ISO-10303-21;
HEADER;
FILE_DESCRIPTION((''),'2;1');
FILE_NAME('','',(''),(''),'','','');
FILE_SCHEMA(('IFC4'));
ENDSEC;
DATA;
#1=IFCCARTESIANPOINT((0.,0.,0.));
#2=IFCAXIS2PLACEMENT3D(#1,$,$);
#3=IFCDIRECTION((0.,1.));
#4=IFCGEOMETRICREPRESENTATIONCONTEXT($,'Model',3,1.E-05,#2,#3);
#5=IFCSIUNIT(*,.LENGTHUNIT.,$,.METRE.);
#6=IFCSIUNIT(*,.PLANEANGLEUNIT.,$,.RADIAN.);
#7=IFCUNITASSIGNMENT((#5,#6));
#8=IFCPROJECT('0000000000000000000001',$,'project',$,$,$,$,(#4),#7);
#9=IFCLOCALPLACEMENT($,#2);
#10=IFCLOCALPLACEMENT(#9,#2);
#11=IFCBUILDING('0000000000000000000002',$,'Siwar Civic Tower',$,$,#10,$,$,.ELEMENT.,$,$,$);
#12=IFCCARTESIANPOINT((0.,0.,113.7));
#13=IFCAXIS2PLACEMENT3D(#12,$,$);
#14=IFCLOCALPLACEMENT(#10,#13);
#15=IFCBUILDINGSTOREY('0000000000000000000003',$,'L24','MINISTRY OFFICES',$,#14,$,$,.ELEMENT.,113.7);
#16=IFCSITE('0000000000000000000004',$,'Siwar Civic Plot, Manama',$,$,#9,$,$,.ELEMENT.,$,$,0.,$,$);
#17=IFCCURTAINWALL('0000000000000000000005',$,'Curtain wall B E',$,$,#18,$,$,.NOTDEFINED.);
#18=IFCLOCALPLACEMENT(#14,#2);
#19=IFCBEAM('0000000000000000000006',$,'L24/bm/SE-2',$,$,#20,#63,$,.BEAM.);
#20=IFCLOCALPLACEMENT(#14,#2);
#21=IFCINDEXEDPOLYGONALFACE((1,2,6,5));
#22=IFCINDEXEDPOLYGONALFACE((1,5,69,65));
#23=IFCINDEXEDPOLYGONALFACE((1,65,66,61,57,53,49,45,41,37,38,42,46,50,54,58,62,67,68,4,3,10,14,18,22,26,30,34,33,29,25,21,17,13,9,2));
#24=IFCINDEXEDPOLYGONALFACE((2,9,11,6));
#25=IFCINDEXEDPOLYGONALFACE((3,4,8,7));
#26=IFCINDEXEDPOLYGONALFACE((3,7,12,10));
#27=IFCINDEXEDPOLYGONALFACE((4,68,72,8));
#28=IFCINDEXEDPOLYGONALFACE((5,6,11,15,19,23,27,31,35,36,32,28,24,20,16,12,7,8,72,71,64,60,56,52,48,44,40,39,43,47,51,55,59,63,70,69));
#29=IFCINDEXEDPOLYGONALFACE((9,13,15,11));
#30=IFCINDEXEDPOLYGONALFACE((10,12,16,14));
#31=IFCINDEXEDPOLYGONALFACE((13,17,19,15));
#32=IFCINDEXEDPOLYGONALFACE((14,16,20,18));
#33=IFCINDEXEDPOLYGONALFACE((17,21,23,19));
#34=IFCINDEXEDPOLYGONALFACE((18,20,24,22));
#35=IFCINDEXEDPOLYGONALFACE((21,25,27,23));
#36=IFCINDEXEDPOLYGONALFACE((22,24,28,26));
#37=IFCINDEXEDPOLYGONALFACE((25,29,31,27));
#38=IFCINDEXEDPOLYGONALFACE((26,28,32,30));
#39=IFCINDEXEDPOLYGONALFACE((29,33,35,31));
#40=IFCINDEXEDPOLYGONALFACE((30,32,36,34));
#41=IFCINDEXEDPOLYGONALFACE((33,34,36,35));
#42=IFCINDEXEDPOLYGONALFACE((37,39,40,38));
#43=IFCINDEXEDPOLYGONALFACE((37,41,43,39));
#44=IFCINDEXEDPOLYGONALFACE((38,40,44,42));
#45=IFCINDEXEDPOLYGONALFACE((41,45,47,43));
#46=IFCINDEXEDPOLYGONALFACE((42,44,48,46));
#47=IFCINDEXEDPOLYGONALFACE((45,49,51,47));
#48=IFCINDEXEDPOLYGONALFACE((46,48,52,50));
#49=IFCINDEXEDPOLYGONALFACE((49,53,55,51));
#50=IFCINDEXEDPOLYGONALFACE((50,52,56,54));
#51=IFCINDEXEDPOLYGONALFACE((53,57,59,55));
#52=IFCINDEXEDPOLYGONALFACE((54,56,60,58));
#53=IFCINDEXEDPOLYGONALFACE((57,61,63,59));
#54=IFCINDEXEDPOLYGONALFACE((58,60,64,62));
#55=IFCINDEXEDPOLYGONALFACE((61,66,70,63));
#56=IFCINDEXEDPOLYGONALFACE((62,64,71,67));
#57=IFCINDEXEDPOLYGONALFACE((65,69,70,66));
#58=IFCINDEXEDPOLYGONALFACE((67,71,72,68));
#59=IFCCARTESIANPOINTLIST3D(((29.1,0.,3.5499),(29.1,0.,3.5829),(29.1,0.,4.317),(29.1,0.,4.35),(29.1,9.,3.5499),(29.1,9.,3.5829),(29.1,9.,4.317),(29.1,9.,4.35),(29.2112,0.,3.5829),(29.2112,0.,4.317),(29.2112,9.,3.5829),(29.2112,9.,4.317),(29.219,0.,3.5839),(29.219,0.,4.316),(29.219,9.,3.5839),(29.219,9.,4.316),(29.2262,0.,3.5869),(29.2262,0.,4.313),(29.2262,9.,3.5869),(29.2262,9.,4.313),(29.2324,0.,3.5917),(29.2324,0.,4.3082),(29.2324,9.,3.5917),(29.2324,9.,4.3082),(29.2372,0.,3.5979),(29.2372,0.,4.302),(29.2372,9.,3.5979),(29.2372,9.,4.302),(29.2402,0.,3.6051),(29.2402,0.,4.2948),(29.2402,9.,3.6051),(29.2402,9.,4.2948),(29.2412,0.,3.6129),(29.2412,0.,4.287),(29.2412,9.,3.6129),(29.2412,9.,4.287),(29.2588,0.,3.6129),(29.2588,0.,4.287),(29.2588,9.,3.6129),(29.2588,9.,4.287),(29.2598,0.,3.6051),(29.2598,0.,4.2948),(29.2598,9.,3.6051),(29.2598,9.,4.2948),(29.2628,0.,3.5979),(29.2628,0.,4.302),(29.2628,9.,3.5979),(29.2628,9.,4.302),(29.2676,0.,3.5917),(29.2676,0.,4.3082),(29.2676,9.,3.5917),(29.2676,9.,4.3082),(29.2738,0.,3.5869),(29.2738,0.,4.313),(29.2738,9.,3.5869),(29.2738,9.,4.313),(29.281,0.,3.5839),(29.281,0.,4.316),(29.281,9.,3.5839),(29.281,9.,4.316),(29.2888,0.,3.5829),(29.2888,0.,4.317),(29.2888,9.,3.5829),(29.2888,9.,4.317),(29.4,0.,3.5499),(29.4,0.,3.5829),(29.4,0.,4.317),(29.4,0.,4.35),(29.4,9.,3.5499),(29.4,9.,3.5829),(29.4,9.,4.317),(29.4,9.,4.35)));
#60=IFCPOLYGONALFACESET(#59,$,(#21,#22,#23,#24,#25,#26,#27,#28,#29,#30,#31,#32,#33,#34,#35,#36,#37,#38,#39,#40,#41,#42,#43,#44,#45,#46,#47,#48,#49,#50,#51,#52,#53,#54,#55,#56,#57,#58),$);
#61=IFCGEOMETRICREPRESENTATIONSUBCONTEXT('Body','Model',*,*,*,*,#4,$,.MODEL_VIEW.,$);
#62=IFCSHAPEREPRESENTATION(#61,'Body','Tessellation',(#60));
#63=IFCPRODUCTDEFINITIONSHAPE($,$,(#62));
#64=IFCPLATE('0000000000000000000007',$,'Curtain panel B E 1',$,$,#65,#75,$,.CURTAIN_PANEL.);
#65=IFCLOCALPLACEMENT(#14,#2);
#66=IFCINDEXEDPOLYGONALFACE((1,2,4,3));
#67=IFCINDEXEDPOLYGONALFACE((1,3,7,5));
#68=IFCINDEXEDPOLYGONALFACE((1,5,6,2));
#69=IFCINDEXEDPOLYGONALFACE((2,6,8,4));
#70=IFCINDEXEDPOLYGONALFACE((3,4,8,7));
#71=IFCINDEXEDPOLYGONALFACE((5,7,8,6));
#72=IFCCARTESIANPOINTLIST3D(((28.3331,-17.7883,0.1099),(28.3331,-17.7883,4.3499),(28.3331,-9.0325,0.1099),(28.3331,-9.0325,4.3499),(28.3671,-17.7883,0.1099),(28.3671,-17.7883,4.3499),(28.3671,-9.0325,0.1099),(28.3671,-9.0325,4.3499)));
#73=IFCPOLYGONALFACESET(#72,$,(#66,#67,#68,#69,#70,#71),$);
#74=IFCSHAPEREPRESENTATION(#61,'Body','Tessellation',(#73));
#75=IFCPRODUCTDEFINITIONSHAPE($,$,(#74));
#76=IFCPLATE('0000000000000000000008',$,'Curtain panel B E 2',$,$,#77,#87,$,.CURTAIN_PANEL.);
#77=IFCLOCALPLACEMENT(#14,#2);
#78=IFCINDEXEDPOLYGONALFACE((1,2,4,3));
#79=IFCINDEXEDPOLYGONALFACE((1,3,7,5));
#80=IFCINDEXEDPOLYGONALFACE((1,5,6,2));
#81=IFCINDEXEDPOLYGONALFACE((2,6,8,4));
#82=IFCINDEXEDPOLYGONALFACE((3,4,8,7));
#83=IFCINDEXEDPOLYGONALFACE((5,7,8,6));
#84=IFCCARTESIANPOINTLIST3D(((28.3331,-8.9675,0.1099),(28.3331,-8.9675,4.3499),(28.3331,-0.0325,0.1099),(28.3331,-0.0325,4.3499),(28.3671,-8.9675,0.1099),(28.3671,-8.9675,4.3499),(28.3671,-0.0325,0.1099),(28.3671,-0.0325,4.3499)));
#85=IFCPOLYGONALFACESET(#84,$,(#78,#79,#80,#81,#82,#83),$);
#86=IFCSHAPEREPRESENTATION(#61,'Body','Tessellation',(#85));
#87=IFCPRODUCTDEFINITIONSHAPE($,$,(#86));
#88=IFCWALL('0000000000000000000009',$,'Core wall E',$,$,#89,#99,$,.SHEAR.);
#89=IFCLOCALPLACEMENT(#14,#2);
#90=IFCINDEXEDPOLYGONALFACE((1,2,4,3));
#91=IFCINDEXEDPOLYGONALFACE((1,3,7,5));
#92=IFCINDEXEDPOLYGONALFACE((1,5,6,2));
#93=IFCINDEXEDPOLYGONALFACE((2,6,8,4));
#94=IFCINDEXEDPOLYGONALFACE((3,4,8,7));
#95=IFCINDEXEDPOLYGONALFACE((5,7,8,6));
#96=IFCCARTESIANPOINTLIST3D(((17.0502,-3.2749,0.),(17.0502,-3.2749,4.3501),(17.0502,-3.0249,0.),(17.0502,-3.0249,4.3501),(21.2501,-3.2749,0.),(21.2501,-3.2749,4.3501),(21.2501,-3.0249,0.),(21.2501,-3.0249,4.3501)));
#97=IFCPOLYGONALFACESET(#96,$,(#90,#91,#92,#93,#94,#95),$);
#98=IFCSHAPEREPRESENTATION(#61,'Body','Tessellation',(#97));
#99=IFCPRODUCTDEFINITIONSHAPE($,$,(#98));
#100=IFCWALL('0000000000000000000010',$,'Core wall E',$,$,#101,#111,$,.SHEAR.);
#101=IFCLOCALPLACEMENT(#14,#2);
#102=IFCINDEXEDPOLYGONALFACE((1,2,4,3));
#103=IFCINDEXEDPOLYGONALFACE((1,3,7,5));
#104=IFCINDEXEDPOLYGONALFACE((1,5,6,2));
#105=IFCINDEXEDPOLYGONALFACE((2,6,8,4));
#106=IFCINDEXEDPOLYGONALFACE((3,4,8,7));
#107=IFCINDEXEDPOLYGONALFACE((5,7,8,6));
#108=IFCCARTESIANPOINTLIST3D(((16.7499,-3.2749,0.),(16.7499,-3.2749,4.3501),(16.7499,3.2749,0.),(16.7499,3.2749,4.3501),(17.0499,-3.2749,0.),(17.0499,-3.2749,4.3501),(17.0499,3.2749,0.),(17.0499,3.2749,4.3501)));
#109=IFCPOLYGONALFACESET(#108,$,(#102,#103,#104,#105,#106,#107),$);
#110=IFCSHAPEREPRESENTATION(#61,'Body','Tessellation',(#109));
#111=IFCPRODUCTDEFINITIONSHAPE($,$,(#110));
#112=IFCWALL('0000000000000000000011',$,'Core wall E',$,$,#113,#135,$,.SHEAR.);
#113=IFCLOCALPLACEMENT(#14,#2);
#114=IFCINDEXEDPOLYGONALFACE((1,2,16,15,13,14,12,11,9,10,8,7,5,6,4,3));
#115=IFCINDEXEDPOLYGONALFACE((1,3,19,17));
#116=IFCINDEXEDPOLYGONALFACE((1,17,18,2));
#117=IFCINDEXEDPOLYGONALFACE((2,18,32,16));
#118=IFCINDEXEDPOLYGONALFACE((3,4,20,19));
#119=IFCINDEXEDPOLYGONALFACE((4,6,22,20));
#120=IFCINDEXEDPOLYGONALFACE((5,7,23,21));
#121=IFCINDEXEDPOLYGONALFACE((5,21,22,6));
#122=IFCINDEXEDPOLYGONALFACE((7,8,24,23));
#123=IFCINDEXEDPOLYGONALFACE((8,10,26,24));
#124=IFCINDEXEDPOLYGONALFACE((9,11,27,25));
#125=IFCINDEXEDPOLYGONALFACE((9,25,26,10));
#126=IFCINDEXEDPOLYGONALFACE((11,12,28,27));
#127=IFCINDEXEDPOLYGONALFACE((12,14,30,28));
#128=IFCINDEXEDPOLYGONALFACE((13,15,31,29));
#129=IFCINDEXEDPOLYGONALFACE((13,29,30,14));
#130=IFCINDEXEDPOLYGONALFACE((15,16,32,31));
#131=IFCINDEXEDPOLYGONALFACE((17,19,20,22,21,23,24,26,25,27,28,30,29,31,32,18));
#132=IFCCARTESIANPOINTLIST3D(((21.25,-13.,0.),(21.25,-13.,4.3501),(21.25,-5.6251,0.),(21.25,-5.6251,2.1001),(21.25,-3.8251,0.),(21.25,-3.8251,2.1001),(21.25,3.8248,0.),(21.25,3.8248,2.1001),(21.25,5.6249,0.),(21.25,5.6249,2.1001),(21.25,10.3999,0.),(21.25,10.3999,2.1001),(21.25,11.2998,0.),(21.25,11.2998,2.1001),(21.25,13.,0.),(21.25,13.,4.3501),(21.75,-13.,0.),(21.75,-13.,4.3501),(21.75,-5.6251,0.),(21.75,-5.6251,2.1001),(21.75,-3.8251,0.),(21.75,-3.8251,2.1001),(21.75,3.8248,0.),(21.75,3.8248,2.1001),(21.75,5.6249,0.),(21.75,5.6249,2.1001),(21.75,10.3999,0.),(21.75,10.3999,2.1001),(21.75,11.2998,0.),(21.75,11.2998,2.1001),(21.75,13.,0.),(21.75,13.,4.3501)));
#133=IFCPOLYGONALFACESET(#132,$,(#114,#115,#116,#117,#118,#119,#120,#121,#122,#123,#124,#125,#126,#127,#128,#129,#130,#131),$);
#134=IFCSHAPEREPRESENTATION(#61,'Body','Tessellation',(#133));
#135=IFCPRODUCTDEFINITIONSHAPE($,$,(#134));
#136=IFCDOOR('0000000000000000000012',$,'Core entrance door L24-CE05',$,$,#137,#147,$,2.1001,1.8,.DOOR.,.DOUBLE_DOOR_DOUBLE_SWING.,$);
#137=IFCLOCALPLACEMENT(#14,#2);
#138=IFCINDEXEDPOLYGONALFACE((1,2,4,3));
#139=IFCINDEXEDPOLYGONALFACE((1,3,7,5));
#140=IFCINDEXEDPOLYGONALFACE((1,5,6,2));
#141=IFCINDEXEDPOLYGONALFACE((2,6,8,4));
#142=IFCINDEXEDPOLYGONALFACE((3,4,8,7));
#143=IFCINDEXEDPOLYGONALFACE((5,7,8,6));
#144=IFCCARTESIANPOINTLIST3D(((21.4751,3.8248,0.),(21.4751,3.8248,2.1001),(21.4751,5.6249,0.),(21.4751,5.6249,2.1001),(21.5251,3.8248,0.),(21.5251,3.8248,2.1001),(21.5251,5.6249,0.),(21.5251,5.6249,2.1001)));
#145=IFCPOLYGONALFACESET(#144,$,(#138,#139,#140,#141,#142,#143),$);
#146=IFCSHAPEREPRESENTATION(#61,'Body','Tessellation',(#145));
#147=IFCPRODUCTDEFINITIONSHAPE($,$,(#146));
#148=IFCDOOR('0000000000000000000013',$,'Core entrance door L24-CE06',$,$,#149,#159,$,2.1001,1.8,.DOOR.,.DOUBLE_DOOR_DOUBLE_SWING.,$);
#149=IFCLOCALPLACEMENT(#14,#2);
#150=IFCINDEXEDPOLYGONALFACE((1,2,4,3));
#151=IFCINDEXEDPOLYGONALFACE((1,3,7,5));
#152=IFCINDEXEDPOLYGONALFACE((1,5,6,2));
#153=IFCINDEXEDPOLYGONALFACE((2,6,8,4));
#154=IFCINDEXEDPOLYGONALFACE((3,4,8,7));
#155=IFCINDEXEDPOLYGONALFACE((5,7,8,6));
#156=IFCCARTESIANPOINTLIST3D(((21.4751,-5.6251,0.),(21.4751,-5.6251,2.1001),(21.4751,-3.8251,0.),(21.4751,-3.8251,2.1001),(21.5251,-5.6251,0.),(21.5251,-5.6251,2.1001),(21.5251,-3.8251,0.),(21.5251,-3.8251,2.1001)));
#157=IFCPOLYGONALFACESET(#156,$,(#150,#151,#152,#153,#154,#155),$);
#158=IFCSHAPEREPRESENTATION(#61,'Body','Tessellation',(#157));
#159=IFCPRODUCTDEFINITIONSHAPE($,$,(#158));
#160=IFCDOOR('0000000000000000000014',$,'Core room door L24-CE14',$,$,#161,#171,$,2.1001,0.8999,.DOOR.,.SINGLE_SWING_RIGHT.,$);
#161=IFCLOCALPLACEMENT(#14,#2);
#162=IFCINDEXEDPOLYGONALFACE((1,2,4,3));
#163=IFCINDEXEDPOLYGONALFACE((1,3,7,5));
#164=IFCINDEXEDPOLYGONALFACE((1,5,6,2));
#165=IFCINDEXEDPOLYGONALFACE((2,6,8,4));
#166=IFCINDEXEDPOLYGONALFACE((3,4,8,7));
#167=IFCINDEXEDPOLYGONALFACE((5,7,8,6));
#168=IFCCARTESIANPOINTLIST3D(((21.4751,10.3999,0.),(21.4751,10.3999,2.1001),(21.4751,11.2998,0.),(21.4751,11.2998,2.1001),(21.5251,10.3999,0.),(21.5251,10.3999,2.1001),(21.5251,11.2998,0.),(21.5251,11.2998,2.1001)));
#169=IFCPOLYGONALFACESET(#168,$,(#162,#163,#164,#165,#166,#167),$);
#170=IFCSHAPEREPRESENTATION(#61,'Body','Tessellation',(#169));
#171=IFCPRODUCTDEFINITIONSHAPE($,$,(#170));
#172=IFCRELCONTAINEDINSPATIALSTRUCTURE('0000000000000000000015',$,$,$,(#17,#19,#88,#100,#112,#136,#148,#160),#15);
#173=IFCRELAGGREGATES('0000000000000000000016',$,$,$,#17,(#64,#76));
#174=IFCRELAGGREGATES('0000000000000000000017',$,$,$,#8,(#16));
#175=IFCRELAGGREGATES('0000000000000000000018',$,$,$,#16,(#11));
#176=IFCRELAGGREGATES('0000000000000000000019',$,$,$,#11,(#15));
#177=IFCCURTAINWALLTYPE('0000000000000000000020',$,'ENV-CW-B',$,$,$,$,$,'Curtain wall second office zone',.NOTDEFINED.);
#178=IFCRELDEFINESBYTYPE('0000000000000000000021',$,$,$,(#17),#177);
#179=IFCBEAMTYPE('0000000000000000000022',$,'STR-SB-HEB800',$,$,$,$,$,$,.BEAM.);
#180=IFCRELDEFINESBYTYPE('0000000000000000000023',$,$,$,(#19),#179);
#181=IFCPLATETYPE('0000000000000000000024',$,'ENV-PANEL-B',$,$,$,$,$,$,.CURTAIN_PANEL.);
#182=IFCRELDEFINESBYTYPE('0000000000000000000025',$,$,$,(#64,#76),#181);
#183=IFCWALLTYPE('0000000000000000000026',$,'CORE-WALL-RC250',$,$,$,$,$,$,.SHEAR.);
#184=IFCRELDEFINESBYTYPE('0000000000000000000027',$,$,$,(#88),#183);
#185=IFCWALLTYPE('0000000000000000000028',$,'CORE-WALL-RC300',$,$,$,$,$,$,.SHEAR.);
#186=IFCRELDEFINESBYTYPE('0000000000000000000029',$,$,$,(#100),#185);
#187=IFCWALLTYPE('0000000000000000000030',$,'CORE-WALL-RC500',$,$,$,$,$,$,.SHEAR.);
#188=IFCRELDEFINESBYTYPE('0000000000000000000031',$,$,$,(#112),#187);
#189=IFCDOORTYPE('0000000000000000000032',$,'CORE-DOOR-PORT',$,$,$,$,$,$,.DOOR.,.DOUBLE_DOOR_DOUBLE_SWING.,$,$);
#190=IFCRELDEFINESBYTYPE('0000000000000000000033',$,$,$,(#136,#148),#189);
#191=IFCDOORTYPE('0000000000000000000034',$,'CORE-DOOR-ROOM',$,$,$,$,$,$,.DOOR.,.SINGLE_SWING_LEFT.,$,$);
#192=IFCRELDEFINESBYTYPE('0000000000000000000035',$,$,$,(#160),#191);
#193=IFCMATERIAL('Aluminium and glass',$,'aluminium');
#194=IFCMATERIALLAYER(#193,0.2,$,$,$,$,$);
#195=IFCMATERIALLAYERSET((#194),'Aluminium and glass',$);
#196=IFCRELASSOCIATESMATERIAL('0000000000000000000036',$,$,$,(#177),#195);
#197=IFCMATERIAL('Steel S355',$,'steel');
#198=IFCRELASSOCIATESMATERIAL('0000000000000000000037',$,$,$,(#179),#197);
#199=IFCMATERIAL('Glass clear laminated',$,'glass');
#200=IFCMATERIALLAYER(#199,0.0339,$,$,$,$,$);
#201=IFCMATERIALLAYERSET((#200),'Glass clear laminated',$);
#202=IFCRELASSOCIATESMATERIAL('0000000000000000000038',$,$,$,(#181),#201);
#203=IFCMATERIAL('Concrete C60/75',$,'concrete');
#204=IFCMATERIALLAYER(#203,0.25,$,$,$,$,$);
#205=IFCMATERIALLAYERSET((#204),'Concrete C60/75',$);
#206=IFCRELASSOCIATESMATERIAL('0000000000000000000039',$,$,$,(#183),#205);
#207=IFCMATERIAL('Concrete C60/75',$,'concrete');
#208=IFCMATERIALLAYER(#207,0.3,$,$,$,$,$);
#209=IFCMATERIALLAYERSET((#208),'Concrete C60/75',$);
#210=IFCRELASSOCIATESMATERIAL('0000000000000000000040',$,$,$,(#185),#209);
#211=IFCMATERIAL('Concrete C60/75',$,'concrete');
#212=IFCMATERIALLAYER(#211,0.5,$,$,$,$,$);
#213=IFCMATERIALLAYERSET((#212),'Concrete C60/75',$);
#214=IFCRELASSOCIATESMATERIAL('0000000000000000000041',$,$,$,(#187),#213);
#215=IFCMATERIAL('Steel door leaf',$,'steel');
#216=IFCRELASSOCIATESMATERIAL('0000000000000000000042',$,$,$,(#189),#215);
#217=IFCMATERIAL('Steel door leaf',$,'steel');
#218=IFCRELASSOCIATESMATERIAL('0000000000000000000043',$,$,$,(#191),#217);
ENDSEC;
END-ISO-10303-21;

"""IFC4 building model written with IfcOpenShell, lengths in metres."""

from ifc_helpers import new_model, si_unit, direction, frame, frame_2d, origin, origin_2d, place, context, subcontext, project, spatial, rectangle, i_section, extrude, material, layer, layer_set, material_profile, profile_set, type_object, element, fill, aggregate, save


model = new_model("IFC4")

# Units and contexts
model_context = context("Model", 3, precision=1e-05, world=origin(), true_north=direction((0.0, 1.0)))
body_context = subcontext(model_context, "Body", "Model", "MODEL_VIEW")
ifc_project = project(units=[si_unit("LENGTHUNIT", "METRE"), si_unit("PLANEANGLEUNIT", "RADIAN")], contexts=[model_context])

# Site, building, storey
site_placement = place(None, origin())
site = spatial("IfcSite", under=ifc_project, at=site_placement, Name="Siwar Civic Plot, Manama", CompositionType="ELEMENT", RefElevation=0.0)
building_placement = place(site_placement, origin())
building = spatial("IfcBuilding", under=site, at=building_placement, Name="Siwar Civic Tower", CompositionType="ELEMENT")
storey_placement = place(building_placement, frame((0.0, 0.0, 113.7)))
storey = spatial("IfcBuildingStorey", under=building, at=storey_placement, Name="L24", Description="MINISTRY OFFICES", CompositionType="ELEMENT", Elevation=113.7)

# Curtain wall
ifc_material_1 = material(Name="Aluminium and glass", Category="aluminium")
ifc_layer_1 = layer(ifc_material_1, 0.2)
ifc_layer_set_1 = layer_set([ifc_layer_1], Name="Aluminium and glass")
curtain_wall_type = type_object("IfcCurtainWallType", Name="ENV-CW-B", ElementType="Curtain wall second office zone", PredefinedType="NOTDEFINED", material=ifc_layer_set_1)
curtain_wall_placement = place(storey_placement, origin())
curtain_wall = element("IfcCurtainWall", 1, at=curtain_wall_placement, inside=storey, type_object=curtain_wall_type, Name="Curtain wall B E", PredefinedType="NOTDEFINED")

# Beam
ifc_material_2 = material(Name="Steel S355", Category="steel")
ifc_material_profile_1 = material_profile(ifc_material_2, i_section(OverallWidth=0.3, OverallDepth=0.8, WebThickness=0.0176, FlangeThickness=0.033, FilletRadius=0.03, at=origin_2d()), Name="HEB800")
ifc_profile_set_1 = profile_set([ifc_material_profile_1], Name="Steel S355")
beam_type_1 = type_object("IfcBeamType", Name="STR-SB-HEB800", PredefinedType="BEAM", material=ifc_profile_set_1)
for number, where, z_axis, x_axis, name in (
    (2, (29.25, 0.0, 3.95), (0.0, 1.0, 0.0), (-1.0, 0.0, 0.0), "L24/bm/SE-2"),
):
    element("IfcBeam", number, at=place(storey_placement, frame(where, z_axis=z_axis, x_axis=x_axis)), inside=storey, type_object=beam_type_1, Name=name, PredefinedType="BEAM", context=body_context, shape_type="SweptSolid", body=[
        extrude(i_section(OverallWidth=0.3, OverallDepth=0.8, WebThickness=0.0176, FlangeThickness=0.033, FilletRadius=0.03, at=origin_2d()), origin(), (0.0, 0.0, 1.0), 9.0),
    ])

# Plates
ifc_material_3 = material(Name="Glass clear laminated", Category="glass")
ifc_layer_2 = layer(ifc_material_3, 0.0339)
ifc_layer_set_2 = layer_set([ifc_layer_2], Name="Glass clear laminated")
plate_type = type_object("IfcPlateType", Name="ENV-PANEL-B", PredefinedType="CURTAIN_PANEL", material=ifc_layer_set_2)
plate_1_placement = place(storey_placement, frame((28.3501, -13.4104, 0.1099), z_axis=(0.0, 0.0, 1.0), x_axis=(0.0, 1.0, 0.0)))
plate_1 = element("IfcPlate", 3, at=plate_1_placement, type_object=plate_type, Name="Curtain panel B E 1", PredefinedType="CURTAIN_PANEL", context=body_context, shape_type="SweptSolid", body=[
    extrude(rectangle(XDim=8.7559, YDim=0.0339, at=origin_2d()), origin(), (0.0, 0.0, 1.0), 4.24),
])
plate_2_placement = place(storey_placement, frame((28.3501, -4.5, 0.1099), z_axis=(0.0, 0.0, 1.0), x_axis=(0.0, 1.0, 0.0)))
plate_2 = element("IfcPlate", 4, at=plate_2_placement, type_object=plate_type, Name="Curtain panel B E 2", PredefinedType="CURTAIN_PANEL", context=body_context, shape_type="SweptSolid", body=[
    extrude(rectangle(XDim=8.9351, YDim=0.0339, at=origin_2d()), origin(), (0.0, 0.0, 1.0), 4.24),
])
aggregate(curtain_wall, [plate_1, plate_2])

# Walls
ifc_material_4 = material(Name="Concrete C60/75", Category="concrete")
ifc_layer_3 = layer(ifc_material_4, 0.25)
ifc_layer_set_3 = layer_set([ifc_layer_3], Name="Concrete C60/75")
wall_type_1 = type_object("IfcWallType", Name="CORE-WALL-RC250", PredefinedType="SHEAR", material=ifc_layer_set_3)
wall_1_placement = place(storey_placement, frame((17.05, -3.1499, 0.0), z_axis=(0.0, 0.0, 1.0), x_axis=(1.0, 0.0, 0.0)))
element("IfcWall", 5, at=wall_1_placement, inside=storey, type_object=wall_type_1, Name="Core wall E", PredefinedType="SHEAR", context=body_context, shape_type="SweptSolid", body=[
    extrude(rectangle(XDim=4.2, YDim=0.25, at=frame_2d((2.1001, 0.0))), origin(), (0.0, 0.0, 1.0), 4.3501),
])
ifc_material_5 = material(Name="Concrete C60/75", Category="concrete")
ifc_layer_4 = layer(ifc_material_5, 0.3)
ifc_layer_set_4 = layer_set([ifc_layer_4], Name="Concrete C60/75")
wall_type_2 = type_object("IfcWallType", Name="CORE-WALL-RC300", PredefinedType="SHEAR", material=ifc_layer_set_4)
wall_2_placement = place(storey_placement, frame((16.8999, -3.2749, 0.0), z_axis=(0.0, 0.0, 1.0), x_axis=(0.0, 1.0, 0.0)))
element("IfcWall", 6, at=wall_2_placement, inside=storey, type_object=wall_type_2, Name="Core wall E", PredefinedType="SHEAR", context=body_context, shape_type="SweptSolid", body=[
    extrude(rectangle(XDim=6.5498, YDim=0.3, at=frame_2d((3.2749, 0.0))), origin(), (0.0, 0.0, 1.0), 4.3501),
])

# Wall, openings, doors
ifc_material_6 = material(Name="Concrete C60/75", Category="concrete")
ifc_layer_5 = layer(ifc_material_6, 0.5)
ifc_layer_set_5 = layer_set([ifc_layer_5], Name="Concrete C60/75")
wall_type_3 = type_object("IfcWallType", Name="CORE-WALL-RC500", PredefinedType="SHEAR", material=ifc_layer_set_5)
wall_3_placement = place(storey_placement, frame((21.5, -13.0, 0.0), z_axis=(0.0, 0.0, 1.0), x_axis=(0.0, 1.0, 0.0)))
wall_3 = element("IfcWall", 7, at=wall_3_placement, inside=storey, type_object=wall_type_3, Name="Core wall E", PredefinedType="SHEAR", context=body_context, shape_type="SweptSolid", body=[
    extrude(rectangle(XDim=26.0, YDim=0.5, at=frame_2d((13.0, 0.0))), origin(), (0.0, 0.0, 1.0), 4.3501),
])
opening_1_placement = place(wall_3_placement, frame((16.825, 0.0, 0.0)))
opening_1 = element("IfcOpeningElement", 8, at=opening_1_placement, cuts=wall_3, PredefinedType="OPENING", context=body_context, shape_type="SweptSolid", body=[
    extrude(rectangle(XDim=1.8, YDim=2.1001, at=frame_2d((0.8999, 1.05))), frame((0.0, 0.26, 0.0), z_axis=(0.0, -1.0, 0.0), x_axis=(1.0, 0.0, 0.0)), (0.0, 0.0, 1.0), 0.52),
])
opening_2_placement = place(wall_3_placement, frame((7.375, 0.0, 0.0)))
opening_2 = element("IfcOpeningElement", 9, at=opening_2_placement, cuts=wall_3, PredefinedType="OPENING", context=body_context, shape_type="SweptSolid", body=[
    extrude(rectangle(XDim=1.8, YDim=2.1001, at=frame_2d((0.8999, 1.05))), frame((0.0, 0.26, 0.0), z_axis=(0.0, -1.0, 0.0), x_axis=(1.0, 0.0, 0.0)), (0.0, 0.0, 1.0), 0.52),
])
opening_3_placement = place(wall_3_placement, frame((23.3999, 0.0, 0.0)))
opening_3 = element("IfcOpeningElement", 10, at=opening_3_placement, cuts=wall_3, PredefinedType="OPENING", context=body_context, shape_type="SweptSolid", body=[
    extrude(rectangle(XDim=0.8999, YDim=2.1001, at=frame_2d((0.45, 1.05))), frame((0.0, 0.26, 0.0), z_axis=(0.0, -1.0, 0.0), x_axis=(1.0, 0.0, 0.0)), (0.0, 0.0, 1.0), 0.52),
])
ifc_material_7 = material(Name="Steel door leaf", Category="steel")
door_type_1 = type_object("IfcDoorType", Name="CORE-DOOR-PORT", OperationType="DOUBLE_DOOR_DOUBLE_SWING", PredefinedType="DOOR", material=ifc_material_7)
door_1_placement = place(opening_1_placement, origin())
door_1 = element("IfcDoor", 11, at=door_1_placement, inside=storey, type_object=door_type_1, Name="Core entrance door L24-CE05", OperationType="DOUBLE_DOOR_DOUBLE_SWING", OverallHeight=2.1001, OverallWidth=1.8, PredefinedType="DOOR", context=body_context, shape_type="SweptSolid", body=[
    extrude(rectangle(XDim=1.8, YDim=2.1001, at=frame_2d((0.8999, 1.05))), frame((0.0, 0.0249, 0.0), z_axis=(0.0, -1.0, 0.0), x_axis=(1.0, 0.0, 0.0)), (0.0, 0.0, 1.0), 0.05),
])
fill(opening_1, door_1)
door_2_placement = place(opening_2_placement, origin())
door_2 = element("IfcDoor", 12, at=door_2_placement, inside=storey, type_object=door_type_1, Name="Core entrance door L24-CE06", OperationType="DOUBLE_DOOR_DOUBLE_SWING", OverallHeight=2.1001, OverallWidth=1.8, PredefinedType="DOOR", context=body_context, shape_type="SweptSolid", body=[
    extrude(rectangle(XDim=1.8, YDim=2.1001, at=frame_2d((0.8999, 1.05))), frame((0.0, 0.0249, 0.0), z_axis=(0.0, -1.0, 0.0), x_axis=(1.0, 0.0, 0.0)), (0.0, 0.0, 1.0), 0.05),
])
fill(opening_2, door_2)
ifc_material_8 = material(Name="Steel door leaf", Category="steel")
door_type_2 = type_object("IfcDoorType", Name="CORE-DOOR-ROOM", OperationType="SINGLE_SWING_LEFT", PredefinedType="DOOR", material=ifc_material_8)
door_3_placement = place(opening_3_placement, origin())
door_3 = element("IfcDoor", 13, at=door_3_placement, inside=storey, type_object=door_type_2, Name="Core room door L24-CE14", OperationType="SINGLE_SWING_RIGHT", OverallHeight=2.1001, OverallWidth=0.8999, PredefinedType="DOOR", context=body_context, shape_type="SweptSolid", body=[
    extrude(rectangle(XDim=0.8999, YDim=2.1001, at=frame_2d((0.45, 1.05))), frame((0.0, 0.0249, 0.0), z_axis=(0.0, -1.0, 0.0), x_axis=(1.0, 0.0, 0.0)), (0.0, 0.0, 1.0), 0.05),
])
fill(opening_3, door_3)

save(model, "model.ifc")
